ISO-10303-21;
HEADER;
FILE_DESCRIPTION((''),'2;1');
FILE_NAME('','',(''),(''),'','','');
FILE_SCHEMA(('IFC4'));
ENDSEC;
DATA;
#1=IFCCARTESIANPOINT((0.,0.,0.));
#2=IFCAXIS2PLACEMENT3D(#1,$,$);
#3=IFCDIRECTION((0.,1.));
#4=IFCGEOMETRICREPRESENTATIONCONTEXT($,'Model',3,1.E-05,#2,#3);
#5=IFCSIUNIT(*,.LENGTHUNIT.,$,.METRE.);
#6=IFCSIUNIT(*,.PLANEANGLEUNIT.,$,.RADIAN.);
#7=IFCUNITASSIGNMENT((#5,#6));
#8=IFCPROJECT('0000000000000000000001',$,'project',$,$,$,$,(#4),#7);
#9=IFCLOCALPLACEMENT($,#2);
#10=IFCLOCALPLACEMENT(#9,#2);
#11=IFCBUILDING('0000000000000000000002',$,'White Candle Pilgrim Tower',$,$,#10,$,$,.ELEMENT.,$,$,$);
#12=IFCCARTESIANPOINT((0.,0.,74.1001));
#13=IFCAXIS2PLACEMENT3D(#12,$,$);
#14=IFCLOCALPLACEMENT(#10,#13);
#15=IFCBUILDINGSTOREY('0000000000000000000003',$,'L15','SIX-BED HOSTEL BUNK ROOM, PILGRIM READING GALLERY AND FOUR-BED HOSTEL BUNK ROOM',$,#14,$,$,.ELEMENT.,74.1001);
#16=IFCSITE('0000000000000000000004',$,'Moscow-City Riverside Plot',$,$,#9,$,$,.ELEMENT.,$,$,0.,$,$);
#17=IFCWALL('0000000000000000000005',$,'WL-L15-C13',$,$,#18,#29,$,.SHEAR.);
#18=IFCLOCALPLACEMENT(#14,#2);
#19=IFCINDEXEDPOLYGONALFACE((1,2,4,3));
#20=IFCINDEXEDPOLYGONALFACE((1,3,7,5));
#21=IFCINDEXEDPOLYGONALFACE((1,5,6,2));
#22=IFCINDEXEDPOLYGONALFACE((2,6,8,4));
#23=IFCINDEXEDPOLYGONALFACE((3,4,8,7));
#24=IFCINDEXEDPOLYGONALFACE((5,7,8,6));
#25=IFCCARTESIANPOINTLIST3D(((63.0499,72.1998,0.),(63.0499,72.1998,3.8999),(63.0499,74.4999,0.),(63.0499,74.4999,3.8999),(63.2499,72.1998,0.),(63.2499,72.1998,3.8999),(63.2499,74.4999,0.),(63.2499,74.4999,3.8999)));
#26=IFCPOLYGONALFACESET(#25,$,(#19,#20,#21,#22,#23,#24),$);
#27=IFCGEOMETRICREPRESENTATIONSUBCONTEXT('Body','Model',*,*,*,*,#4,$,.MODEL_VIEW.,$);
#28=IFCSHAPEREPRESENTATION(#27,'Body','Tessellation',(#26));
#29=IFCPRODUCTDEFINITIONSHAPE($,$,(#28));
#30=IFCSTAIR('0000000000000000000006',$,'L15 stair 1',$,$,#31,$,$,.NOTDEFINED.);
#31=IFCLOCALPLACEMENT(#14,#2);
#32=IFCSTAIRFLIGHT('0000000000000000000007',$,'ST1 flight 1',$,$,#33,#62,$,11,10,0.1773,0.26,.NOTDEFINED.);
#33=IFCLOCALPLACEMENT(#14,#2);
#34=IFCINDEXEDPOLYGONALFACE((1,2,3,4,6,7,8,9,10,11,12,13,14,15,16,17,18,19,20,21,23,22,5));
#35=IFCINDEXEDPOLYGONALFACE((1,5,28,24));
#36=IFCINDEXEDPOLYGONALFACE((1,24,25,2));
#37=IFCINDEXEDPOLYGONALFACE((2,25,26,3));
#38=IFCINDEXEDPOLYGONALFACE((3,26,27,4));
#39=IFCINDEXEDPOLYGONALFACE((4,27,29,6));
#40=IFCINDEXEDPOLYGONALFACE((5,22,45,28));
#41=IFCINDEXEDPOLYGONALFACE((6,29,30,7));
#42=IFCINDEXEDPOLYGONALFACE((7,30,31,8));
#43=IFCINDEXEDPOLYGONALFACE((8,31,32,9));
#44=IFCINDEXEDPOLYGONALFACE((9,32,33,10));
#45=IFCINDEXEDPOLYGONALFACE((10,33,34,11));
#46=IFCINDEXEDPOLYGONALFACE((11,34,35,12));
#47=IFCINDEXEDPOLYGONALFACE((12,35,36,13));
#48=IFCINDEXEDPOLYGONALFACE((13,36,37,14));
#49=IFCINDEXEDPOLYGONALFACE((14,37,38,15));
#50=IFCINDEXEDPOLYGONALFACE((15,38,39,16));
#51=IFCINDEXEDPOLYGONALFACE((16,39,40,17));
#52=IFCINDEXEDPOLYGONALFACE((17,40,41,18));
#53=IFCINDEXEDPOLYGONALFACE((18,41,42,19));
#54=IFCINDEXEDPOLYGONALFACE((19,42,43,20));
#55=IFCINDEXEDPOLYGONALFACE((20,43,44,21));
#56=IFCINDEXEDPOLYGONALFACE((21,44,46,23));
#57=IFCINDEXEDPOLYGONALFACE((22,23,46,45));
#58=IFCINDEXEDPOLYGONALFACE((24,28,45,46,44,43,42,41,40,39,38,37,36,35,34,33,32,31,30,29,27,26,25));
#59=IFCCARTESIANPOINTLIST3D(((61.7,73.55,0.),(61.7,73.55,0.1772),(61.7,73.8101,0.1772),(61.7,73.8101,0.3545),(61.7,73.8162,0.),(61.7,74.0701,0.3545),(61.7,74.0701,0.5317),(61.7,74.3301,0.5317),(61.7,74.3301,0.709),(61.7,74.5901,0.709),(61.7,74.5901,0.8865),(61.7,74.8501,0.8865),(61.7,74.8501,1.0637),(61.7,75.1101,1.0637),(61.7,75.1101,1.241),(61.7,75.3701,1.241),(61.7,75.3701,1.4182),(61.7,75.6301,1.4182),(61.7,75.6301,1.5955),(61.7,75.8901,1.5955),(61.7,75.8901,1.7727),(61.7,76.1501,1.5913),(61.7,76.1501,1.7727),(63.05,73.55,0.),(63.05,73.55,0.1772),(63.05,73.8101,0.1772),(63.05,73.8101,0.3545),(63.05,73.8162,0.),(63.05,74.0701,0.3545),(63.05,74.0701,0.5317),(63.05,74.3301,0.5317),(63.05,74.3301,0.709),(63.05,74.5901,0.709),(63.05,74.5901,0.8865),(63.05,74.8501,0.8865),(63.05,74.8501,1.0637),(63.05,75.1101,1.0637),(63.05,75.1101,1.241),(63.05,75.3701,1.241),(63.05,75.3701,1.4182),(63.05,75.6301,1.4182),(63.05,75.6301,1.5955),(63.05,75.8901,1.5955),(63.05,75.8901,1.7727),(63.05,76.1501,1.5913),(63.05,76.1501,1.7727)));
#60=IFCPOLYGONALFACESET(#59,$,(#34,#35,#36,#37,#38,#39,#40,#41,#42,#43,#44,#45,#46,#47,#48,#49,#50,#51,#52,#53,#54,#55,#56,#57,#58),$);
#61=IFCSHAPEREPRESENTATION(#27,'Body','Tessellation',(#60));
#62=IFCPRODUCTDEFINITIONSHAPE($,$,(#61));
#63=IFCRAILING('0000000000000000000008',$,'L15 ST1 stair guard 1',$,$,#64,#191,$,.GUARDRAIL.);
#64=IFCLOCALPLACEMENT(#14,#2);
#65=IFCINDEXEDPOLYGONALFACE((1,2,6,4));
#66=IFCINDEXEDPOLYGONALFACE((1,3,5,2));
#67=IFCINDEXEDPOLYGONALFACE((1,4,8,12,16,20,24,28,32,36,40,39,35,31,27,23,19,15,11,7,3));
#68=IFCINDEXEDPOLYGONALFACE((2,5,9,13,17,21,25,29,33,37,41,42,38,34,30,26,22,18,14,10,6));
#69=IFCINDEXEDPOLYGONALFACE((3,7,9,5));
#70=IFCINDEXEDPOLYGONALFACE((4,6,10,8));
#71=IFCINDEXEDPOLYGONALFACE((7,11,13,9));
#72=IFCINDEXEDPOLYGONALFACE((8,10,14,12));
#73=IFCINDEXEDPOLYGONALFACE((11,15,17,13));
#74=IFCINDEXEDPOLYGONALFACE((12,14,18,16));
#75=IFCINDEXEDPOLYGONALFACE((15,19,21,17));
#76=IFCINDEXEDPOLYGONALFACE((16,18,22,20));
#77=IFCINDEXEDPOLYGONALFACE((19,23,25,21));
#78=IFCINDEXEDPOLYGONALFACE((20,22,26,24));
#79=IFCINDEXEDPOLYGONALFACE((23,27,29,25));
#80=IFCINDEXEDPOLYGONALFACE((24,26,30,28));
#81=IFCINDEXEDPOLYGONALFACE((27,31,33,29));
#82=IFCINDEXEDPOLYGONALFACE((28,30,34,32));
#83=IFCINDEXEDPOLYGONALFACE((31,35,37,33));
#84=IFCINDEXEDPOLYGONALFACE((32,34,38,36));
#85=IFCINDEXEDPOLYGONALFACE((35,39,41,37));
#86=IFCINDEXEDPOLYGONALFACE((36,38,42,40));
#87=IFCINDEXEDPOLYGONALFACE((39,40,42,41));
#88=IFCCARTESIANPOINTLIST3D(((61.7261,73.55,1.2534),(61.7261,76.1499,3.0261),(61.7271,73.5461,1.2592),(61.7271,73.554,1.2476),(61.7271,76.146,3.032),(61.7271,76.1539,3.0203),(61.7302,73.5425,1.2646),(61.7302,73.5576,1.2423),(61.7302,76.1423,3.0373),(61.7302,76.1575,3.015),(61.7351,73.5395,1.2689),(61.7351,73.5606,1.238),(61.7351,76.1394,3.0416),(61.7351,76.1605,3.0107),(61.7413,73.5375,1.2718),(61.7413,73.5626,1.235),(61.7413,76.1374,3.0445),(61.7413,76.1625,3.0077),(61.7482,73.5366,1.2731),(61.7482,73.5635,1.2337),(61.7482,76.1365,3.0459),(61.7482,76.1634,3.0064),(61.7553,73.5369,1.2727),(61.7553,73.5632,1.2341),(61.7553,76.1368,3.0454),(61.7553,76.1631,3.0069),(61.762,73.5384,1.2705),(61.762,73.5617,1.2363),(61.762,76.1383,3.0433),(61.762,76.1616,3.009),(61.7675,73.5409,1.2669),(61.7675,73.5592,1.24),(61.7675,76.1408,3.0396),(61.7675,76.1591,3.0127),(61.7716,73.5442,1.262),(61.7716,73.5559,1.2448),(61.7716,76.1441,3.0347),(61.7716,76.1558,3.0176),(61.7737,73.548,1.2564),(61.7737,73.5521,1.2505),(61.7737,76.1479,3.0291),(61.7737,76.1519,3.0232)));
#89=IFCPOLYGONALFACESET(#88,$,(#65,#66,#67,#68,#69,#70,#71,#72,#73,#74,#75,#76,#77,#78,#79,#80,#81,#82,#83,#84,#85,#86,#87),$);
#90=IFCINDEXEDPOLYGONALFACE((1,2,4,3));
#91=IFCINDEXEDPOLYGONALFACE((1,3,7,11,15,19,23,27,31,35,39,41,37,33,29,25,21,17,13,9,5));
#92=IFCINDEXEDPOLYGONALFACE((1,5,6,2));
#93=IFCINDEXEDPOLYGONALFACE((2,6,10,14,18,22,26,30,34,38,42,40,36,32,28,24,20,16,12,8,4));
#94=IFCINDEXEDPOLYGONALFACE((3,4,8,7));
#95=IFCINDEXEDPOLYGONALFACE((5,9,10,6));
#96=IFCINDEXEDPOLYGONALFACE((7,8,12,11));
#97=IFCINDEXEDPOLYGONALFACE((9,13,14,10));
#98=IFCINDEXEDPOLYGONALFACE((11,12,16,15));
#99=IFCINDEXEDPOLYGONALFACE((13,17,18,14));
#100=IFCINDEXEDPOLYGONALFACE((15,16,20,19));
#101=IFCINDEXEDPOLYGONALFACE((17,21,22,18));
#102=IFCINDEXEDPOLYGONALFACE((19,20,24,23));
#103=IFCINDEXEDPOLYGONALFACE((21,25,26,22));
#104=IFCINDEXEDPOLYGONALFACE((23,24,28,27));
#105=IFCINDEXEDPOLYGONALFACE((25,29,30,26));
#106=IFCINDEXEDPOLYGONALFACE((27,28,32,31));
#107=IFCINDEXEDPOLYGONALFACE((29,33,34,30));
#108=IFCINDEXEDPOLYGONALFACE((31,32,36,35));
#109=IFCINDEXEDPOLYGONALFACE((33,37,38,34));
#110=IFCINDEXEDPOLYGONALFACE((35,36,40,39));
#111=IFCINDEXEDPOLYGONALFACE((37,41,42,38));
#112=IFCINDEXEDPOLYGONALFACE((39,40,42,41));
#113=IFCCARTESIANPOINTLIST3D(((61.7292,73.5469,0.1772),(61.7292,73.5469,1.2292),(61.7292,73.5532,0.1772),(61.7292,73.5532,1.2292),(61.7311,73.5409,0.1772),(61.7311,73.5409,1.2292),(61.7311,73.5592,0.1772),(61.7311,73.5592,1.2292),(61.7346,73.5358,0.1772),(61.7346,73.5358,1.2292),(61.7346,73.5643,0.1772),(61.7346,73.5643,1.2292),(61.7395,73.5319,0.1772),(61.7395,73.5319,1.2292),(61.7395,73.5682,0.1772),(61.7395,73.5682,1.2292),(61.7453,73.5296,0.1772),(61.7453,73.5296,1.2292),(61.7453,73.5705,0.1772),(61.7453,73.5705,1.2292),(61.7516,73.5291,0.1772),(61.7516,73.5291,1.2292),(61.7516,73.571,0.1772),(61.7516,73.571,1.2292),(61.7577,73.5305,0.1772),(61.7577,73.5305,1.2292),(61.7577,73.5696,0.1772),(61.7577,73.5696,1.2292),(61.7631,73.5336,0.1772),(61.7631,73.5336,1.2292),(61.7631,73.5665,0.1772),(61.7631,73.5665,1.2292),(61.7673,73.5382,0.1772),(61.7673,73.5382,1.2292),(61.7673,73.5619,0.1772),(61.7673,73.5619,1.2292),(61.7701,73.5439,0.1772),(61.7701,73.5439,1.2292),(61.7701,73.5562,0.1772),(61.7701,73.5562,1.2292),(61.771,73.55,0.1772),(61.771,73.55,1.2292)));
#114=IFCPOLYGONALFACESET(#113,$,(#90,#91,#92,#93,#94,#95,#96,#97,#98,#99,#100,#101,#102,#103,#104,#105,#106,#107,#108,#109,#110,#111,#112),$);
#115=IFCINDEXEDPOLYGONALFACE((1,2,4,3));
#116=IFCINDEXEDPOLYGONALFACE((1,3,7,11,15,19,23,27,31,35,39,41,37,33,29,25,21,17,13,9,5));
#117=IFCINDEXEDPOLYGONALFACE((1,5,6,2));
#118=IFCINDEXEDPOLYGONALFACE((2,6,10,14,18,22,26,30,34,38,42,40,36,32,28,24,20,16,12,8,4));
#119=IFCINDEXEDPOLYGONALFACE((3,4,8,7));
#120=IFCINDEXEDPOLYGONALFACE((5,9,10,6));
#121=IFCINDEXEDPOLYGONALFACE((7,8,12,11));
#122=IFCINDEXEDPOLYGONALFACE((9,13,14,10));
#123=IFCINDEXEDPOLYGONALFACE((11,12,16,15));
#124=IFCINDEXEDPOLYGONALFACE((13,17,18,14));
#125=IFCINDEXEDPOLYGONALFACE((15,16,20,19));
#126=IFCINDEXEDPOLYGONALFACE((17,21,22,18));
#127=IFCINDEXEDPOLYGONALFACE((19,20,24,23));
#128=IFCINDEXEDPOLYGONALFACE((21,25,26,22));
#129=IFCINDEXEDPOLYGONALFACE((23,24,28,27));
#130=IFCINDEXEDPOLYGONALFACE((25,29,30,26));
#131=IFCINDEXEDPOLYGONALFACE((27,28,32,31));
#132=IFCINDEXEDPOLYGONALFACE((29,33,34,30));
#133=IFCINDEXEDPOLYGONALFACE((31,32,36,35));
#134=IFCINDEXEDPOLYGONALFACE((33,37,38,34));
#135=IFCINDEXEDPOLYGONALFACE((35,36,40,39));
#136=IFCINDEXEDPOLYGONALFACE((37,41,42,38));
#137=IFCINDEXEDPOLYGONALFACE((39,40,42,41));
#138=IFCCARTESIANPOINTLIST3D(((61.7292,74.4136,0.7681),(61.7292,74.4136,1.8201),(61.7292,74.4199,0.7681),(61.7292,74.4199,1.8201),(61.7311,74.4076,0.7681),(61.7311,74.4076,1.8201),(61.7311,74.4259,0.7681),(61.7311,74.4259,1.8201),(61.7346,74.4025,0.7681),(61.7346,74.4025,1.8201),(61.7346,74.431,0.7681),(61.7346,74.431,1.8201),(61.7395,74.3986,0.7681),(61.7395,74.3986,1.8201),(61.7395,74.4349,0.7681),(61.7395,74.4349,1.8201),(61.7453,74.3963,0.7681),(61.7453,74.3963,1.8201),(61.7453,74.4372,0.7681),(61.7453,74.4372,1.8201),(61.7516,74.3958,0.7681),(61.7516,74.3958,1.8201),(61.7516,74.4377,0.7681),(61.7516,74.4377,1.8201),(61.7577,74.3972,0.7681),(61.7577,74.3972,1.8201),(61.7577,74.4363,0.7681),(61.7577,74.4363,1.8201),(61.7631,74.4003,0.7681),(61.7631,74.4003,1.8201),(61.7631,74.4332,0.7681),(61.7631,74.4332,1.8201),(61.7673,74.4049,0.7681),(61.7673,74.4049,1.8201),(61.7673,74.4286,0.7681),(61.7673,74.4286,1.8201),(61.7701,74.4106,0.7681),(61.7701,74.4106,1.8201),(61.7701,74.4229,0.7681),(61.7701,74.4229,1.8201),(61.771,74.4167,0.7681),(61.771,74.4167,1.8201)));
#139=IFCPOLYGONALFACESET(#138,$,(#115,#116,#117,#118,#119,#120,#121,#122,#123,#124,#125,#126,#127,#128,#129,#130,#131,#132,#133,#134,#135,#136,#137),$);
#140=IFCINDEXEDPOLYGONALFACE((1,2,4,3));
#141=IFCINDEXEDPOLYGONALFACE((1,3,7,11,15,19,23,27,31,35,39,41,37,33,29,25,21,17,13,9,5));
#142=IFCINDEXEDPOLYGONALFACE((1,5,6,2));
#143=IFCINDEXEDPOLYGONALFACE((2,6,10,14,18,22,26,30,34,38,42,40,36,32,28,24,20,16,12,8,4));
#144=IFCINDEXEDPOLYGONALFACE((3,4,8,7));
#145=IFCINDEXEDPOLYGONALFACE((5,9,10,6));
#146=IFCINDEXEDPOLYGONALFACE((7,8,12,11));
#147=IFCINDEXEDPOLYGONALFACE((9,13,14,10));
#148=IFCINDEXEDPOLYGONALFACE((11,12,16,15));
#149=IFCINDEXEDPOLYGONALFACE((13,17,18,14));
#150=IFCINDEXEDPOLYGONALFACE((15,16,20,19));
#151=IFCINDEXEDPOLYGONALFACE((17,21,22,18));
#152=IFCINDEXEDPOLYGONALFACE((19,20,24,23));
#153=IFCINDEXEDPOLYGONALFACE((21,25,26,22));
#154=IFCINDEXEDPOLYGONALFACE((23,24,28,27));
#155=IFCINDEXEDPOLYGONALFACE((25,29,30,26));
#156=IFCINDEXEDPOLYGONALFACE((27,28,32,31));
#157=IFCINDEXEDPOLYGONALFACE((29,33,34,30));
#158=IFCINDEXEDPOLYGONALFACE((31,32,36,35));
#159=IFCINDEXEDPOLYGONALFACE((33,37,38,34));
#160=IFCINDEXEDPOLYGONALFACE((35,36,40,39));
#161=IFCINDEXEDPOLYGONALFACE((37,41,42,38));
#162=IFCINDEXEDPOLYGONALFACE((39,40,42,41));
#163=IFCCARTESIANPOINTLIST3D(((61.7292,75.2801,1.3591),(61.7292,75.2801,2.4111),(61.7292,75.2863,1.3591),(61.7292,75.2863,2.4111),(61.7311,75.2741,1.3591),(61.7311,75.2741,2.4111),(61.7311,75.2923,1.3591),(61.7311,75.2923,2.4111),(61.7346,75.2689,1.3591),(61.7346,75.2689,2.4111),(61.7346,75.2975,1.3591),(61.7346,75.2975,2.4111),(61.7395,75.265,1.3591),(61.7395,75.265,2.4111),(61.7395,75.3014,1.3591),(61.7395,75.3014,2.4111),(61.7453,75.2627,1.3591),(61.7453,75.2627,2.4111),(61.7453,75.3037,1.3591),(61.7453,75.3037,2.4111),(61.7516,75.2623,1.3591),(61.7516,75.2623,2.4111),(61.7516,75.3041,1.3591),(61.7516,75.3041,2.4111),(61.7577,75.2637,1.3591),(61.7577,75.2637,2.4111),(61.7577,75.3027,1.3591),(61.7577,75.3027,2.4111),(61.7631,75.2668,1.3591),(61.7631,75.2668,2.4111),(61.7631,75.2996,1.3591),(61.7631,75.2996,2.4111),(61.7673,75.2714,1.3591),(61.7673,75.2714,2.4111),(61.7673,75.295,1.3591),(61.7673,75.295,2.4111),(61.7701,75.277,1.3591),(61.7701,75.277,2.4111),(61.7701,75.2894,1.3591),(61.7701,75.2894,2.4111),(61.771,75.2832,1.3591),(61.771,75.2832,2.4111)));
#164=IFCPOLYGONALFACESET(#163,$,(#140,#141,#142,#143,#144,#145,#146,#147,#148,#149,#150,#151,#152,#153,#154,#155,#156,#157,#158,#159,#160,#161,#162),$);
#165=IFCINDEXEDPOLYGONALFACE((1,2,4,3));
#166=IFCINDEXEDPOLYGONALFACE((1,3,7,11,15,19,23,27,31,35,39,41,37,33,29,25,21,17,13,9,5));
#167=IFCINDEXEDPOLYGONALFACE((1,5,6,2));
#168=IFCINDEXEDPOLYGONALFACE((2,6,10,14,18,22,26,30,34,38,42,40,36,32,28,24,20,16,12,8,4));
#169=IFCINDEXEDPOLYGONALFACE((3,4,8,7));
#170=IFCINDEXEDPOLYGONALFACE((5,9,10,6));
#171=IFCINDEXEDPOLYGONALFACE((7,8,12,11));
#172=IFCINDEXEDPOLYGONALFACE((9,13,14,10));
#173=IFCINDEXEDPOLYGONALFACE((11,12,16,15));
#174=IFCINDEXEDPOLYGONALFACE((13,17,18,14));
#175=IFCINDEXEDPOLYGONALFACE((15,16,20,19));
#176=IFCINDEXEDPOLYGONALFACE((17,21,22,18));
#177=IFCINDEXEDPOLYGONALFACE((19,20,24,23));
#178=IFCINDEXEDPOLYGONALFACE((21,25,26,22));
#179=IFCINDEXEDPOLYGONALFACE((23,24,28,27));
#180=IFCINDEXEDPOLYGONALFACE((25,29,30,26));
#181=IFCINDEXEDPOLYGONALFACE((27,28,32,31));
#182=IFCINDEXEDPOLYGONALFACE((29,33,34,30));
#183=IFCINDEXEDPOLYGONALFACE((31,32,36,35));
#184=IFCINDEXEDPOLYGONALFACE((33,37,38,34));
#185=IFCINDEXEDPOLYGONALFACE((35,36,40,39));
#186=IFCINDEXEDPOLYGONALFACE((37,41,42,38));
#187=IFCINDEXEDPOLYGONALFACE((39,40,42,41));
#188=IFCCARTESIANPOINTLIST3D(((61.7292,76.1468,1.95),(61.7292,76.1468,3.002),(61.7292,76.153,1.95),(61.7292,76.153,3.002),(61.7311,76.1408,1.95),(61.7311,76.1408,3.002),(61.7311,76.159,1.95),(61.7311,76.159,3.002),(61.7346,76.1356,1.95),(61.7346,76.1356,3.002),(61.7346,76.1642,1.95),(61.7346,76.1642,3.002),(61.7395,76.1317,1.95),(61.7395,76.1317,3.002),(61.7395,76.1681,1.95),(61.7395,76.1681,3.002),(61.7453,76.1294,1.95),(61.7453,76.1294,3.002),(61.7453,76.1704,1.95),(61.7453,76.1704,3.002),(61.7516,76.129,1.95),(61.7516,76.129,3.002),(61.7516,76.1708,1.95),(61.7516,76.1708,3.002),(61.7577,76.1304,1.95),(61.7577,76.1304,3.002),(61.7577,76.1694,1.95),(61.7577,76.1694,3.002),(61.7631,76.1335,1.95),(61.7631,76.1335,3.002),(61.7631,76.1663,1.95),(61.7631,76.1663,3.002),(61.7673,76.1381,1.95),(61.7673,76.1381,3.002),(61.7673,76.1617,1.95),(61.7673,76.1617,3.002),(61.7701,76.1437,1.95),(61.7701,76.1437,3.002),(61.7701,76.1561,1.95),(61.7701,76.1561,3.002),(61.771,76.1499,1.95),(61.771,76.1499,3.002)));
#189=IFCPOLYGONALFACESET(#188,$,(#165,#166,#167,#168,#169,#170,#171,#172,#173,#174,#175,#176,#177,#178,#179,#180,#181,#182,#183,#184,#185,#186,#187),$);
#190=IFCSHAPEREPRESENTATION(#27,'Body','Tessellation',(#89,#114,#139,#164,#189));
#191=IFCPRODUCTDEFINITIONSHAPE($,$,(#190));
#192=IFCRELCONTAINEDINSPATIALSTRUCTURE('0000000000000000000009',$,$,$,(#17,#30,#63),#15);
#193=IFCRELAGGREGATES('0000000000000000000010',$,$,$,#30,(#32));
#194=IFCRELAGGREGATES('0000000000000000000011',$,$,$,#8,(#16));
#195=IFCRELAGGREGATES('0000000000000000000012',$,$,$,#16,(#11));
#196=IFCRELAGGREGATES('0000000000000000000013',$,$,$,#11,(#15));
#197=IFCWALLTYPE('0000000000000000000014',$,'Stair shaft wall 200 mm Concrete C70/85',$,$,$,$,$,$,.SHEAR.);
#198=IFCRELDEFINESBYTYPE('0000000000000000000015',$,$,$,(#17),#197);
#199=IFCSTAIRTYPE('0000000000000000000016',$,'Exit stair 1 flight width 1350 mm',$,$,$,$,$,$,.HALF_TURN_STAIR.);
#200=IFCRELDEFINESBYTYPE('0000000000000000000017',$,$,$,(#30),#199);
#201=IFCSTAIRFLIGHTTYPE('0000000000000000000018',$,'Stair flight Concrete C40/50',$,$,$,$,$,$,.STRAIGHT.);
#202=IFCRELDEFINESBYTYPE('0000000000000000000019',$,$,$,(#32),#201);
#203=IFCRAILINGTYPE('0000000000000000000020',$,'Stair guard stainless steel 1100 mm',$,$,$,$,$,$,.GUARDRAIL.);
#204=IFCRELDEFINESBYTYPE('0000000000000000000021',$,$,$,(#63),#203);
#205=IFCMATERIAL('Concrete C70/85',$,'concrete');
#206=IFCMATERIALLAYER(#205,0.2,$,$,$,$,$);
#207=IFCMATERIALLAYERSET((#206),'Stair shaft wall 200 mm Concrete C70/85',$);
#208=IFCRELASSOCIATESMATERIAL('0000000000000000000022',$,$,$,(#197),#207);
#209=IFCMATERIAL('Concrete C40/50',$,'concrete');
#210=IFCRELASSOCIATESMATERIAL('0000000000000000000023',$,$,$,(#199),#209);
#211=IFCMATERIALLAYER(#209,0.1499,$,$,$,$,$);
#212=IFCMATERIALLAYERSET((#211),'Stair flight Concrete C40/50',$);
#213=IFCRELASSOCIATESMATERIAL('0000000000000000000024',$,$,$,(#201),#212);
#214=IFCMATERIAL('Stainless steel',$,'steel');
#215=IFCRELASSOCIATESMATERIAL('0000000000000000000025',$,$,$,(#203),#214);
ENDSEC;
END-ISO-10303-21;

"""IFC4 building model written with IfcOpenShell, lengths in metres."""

from ifc_helpers import new_model, si_unit, direction, frame, frame_2d, origin, origin_2d, place, context, subcontext, project, spatial, polyline, rectangle, circle, outline, extrude, material, layer, layer_set, type_object, element, aggregate, save


model = new_model("IFC4")

# Units and contexts
model_context = context("Model", 3, precision=1e-05, world=origin(), true_north=direction((0.0, 1.0)))
body_context = subcontext(model_context, "Body", "Model", "MODEL_VIEW")
ifc_project = project(units=[si_unit("LENGTHUNIT", "METRE"), si_unit("PLANEANGLEUNIT", "RADIAN")], contexts=[model_context])

# Site, building, storey
site_placement = place(None, origin())
site = spatial("IfcSite", under=ifc_project, at=site_placement, Name="Moscow-City Riverside Plot", CompositionType="ELEMENT", RefElevation=0.0)
building_placement = place(site_placement, origin())
building = spatial("IfcBuilding", under=site, at=building_placement, Name="White Candle Pilgrim Tower", CompositionType="ELEMENT")
storey_placement = place(building_placement, frame((0.0, 0.0, 74.1001)))
storey = spatial("IfcBuildingStorey", under=building, at=storey_placement, Name="L15", Description="SIX-BED HOSTEL BUNK ROOM, PILGRIM READING GALLERY AND FOUR-BED HOSTEL BUNK ROOM", CompositionType="ELEMENT", Elevation=74.1001)

# Shared definitions
ifc_material_1 = material(Name="Concrete C70/85", Category="concrete")

# Shared definitions
ifc_material_2 = material(Name="Stainless steel", Category="steel")

# Wall
ifc_layer_1 = layer(ifc_material_1, 0.2)
ifc_layer_set_1 = layer_set([ifc_layer_1], Name="Stair shaft wall 200 mm Concrete C70/85")
wall_type_1 = type_object("IfcWallType", Name="Stair shaft wall 200 mm Concrete C70/85", PredefinedType="SHEAR", material=ifc_layer_set_1)
wall_1_placement = place(storey_placement, frame((63.1499, 72.2, 0.0), z_axis=(0.0, 0.0, 1.0), x_axis=(0.0, 1.0, 0.0)))
element("IfcWall", 1, at=wall_1_placement, inside=storey, type_object=wall_type_1, Name="WL-L15-C13", PredefinedType="SHEAR", context=body_context, shape_type="SweptSolid", body=[
    extrude(rectangle(XDim=2.3, YDim=0.2, at=frame_2d((1.1499, 0.0))), origin(), (0.0, 0.0, 1.0), 3.8999),
])

# Stair, stair flight
ifc_material_3 = material(Name="Concrete C40/50", Category="concrete")
stair_type = type_object("IfcStairType", Name="Exit stair 1 flight width 1350 mm", PredefinedType="HALF_TURN_STAIR", material=ifc_material_3)
stair_placement = place(storey_placement, origin())
stair = element("IfcStair", 2, at=stair_placement, inside=storey, type_object=stair_type, Name="L15 stair 1", PredefinedType="NOTDEFINED")
ifc_layer_2 = layer(ifc_material_3, 0.1499)
ifc_layer_set_2 = layer_set([ifc_layer_2], Name="Stair flight Concrete C40/50")
stair_flight_type = type_object("IfcStairFlightType", Name="Stair flight Concrete C40/50", PredefinedType="STRAIGHT", material=ifc_layer_set_2)
stair_flight_placement = place(storey_placement, frame((62.375, 73.55, 0.0), z_axis=(0.0, 0.0, 1.0), x_axis=(0.0, 1.0, 0.0)))
stair_flight = element("IfcStairFlight", 3, at=stair_flight_placement, type_object=stair_flight_type, Name="ST1 flight 1", NumberOfRisers=11, NumberOfTreads=10, PredefinedType="NOTDEFINED", RiserHeight=0.1773, TreadLength=0.26, context=body_context, shape_type="SweptSolid", body=[
    extrude(outline(polyline([(0.0, 0.0), (0.0, 0.1772), (0.26, 0.1772), (0.26, 0.3545), (0.52, 0.3545), (0.52, 0.5317), (0.78, 0.5317), (0.78, 0.709), (1.04, 0.709), (1.04, 0.8865), (1.3, 0.8865), (1.3, 1.0637), (1.5601, 1.0637), (1.5601, 1.241), (1.8201, 1.241), (1.8201, 1.4182), (2.0801, 1.4182), (2.0801, 1.5955), (2.3401, 1.5955), (2.3401, 1.7727), (2.6001, 1.7727), (2.6001, 1.95), (2.6001, 1.5913), (0.2661, 0.0), (0.0, 0.0)])), frame((0.0, 0.675, 0.0), z_axis=(0.0, -1.0, 0.0), x_axis=(1.0, 0.0, 0.0)), (0.0, 0.0, 1.0), 1.3501),
])
aggregate(stair, [stair_flight])

# Railing
railing_type_1 = type_object("IfcRailingType", Name="Stair guard stainless steel 1100 mm", PredefinedType="GUARDRAIL", material=ifc_material_2)
railing_1_placement = place(storey_placement, frame((61.75, 73.55, 0.1772)))
element("IfcRailing", 4, at=railing_1_placement, inside=storey, type_object=railing_type_1, Name="L15 ST1 stair guard 1", PredefinedType="GUARDRAIL", context=body_context, shape_type="SweptSolid", body=[
    extrude(circle(Radius=0.0239, at=origin_2d()), frame((0.0, 0.0, 1.0762), z_axis=(0.0, 0.826216, 0.563354), x_axis=(-1.0, 0.0, 0.0)), (0.0, 0.0, 1.0), 3.1467),
    extrude(circle(Radius=0.021, at=origin_2d()), origin(), (0.0, 0.0, 1.0), 1.052),
    extrude(circle(Radius=0.021, at=origin_2d()), frame((0.0, 0.8667, 0.5908)), (0.0, 0.0, 1.0), 1.052),
    extrude(circle(Radius=0.021, at=origin_2d()), frame((0.0, 1.7332, 1.1819)), (0.0, 0.0, 1.0), 1.052),
    extrude(circle(Radius=0.021, at=origin_2d()), frame((0.0, 2.5999, 1.7727)), (0.0, 0.0, 1.0), 1.052),
])

save(model, "model.ifc")
